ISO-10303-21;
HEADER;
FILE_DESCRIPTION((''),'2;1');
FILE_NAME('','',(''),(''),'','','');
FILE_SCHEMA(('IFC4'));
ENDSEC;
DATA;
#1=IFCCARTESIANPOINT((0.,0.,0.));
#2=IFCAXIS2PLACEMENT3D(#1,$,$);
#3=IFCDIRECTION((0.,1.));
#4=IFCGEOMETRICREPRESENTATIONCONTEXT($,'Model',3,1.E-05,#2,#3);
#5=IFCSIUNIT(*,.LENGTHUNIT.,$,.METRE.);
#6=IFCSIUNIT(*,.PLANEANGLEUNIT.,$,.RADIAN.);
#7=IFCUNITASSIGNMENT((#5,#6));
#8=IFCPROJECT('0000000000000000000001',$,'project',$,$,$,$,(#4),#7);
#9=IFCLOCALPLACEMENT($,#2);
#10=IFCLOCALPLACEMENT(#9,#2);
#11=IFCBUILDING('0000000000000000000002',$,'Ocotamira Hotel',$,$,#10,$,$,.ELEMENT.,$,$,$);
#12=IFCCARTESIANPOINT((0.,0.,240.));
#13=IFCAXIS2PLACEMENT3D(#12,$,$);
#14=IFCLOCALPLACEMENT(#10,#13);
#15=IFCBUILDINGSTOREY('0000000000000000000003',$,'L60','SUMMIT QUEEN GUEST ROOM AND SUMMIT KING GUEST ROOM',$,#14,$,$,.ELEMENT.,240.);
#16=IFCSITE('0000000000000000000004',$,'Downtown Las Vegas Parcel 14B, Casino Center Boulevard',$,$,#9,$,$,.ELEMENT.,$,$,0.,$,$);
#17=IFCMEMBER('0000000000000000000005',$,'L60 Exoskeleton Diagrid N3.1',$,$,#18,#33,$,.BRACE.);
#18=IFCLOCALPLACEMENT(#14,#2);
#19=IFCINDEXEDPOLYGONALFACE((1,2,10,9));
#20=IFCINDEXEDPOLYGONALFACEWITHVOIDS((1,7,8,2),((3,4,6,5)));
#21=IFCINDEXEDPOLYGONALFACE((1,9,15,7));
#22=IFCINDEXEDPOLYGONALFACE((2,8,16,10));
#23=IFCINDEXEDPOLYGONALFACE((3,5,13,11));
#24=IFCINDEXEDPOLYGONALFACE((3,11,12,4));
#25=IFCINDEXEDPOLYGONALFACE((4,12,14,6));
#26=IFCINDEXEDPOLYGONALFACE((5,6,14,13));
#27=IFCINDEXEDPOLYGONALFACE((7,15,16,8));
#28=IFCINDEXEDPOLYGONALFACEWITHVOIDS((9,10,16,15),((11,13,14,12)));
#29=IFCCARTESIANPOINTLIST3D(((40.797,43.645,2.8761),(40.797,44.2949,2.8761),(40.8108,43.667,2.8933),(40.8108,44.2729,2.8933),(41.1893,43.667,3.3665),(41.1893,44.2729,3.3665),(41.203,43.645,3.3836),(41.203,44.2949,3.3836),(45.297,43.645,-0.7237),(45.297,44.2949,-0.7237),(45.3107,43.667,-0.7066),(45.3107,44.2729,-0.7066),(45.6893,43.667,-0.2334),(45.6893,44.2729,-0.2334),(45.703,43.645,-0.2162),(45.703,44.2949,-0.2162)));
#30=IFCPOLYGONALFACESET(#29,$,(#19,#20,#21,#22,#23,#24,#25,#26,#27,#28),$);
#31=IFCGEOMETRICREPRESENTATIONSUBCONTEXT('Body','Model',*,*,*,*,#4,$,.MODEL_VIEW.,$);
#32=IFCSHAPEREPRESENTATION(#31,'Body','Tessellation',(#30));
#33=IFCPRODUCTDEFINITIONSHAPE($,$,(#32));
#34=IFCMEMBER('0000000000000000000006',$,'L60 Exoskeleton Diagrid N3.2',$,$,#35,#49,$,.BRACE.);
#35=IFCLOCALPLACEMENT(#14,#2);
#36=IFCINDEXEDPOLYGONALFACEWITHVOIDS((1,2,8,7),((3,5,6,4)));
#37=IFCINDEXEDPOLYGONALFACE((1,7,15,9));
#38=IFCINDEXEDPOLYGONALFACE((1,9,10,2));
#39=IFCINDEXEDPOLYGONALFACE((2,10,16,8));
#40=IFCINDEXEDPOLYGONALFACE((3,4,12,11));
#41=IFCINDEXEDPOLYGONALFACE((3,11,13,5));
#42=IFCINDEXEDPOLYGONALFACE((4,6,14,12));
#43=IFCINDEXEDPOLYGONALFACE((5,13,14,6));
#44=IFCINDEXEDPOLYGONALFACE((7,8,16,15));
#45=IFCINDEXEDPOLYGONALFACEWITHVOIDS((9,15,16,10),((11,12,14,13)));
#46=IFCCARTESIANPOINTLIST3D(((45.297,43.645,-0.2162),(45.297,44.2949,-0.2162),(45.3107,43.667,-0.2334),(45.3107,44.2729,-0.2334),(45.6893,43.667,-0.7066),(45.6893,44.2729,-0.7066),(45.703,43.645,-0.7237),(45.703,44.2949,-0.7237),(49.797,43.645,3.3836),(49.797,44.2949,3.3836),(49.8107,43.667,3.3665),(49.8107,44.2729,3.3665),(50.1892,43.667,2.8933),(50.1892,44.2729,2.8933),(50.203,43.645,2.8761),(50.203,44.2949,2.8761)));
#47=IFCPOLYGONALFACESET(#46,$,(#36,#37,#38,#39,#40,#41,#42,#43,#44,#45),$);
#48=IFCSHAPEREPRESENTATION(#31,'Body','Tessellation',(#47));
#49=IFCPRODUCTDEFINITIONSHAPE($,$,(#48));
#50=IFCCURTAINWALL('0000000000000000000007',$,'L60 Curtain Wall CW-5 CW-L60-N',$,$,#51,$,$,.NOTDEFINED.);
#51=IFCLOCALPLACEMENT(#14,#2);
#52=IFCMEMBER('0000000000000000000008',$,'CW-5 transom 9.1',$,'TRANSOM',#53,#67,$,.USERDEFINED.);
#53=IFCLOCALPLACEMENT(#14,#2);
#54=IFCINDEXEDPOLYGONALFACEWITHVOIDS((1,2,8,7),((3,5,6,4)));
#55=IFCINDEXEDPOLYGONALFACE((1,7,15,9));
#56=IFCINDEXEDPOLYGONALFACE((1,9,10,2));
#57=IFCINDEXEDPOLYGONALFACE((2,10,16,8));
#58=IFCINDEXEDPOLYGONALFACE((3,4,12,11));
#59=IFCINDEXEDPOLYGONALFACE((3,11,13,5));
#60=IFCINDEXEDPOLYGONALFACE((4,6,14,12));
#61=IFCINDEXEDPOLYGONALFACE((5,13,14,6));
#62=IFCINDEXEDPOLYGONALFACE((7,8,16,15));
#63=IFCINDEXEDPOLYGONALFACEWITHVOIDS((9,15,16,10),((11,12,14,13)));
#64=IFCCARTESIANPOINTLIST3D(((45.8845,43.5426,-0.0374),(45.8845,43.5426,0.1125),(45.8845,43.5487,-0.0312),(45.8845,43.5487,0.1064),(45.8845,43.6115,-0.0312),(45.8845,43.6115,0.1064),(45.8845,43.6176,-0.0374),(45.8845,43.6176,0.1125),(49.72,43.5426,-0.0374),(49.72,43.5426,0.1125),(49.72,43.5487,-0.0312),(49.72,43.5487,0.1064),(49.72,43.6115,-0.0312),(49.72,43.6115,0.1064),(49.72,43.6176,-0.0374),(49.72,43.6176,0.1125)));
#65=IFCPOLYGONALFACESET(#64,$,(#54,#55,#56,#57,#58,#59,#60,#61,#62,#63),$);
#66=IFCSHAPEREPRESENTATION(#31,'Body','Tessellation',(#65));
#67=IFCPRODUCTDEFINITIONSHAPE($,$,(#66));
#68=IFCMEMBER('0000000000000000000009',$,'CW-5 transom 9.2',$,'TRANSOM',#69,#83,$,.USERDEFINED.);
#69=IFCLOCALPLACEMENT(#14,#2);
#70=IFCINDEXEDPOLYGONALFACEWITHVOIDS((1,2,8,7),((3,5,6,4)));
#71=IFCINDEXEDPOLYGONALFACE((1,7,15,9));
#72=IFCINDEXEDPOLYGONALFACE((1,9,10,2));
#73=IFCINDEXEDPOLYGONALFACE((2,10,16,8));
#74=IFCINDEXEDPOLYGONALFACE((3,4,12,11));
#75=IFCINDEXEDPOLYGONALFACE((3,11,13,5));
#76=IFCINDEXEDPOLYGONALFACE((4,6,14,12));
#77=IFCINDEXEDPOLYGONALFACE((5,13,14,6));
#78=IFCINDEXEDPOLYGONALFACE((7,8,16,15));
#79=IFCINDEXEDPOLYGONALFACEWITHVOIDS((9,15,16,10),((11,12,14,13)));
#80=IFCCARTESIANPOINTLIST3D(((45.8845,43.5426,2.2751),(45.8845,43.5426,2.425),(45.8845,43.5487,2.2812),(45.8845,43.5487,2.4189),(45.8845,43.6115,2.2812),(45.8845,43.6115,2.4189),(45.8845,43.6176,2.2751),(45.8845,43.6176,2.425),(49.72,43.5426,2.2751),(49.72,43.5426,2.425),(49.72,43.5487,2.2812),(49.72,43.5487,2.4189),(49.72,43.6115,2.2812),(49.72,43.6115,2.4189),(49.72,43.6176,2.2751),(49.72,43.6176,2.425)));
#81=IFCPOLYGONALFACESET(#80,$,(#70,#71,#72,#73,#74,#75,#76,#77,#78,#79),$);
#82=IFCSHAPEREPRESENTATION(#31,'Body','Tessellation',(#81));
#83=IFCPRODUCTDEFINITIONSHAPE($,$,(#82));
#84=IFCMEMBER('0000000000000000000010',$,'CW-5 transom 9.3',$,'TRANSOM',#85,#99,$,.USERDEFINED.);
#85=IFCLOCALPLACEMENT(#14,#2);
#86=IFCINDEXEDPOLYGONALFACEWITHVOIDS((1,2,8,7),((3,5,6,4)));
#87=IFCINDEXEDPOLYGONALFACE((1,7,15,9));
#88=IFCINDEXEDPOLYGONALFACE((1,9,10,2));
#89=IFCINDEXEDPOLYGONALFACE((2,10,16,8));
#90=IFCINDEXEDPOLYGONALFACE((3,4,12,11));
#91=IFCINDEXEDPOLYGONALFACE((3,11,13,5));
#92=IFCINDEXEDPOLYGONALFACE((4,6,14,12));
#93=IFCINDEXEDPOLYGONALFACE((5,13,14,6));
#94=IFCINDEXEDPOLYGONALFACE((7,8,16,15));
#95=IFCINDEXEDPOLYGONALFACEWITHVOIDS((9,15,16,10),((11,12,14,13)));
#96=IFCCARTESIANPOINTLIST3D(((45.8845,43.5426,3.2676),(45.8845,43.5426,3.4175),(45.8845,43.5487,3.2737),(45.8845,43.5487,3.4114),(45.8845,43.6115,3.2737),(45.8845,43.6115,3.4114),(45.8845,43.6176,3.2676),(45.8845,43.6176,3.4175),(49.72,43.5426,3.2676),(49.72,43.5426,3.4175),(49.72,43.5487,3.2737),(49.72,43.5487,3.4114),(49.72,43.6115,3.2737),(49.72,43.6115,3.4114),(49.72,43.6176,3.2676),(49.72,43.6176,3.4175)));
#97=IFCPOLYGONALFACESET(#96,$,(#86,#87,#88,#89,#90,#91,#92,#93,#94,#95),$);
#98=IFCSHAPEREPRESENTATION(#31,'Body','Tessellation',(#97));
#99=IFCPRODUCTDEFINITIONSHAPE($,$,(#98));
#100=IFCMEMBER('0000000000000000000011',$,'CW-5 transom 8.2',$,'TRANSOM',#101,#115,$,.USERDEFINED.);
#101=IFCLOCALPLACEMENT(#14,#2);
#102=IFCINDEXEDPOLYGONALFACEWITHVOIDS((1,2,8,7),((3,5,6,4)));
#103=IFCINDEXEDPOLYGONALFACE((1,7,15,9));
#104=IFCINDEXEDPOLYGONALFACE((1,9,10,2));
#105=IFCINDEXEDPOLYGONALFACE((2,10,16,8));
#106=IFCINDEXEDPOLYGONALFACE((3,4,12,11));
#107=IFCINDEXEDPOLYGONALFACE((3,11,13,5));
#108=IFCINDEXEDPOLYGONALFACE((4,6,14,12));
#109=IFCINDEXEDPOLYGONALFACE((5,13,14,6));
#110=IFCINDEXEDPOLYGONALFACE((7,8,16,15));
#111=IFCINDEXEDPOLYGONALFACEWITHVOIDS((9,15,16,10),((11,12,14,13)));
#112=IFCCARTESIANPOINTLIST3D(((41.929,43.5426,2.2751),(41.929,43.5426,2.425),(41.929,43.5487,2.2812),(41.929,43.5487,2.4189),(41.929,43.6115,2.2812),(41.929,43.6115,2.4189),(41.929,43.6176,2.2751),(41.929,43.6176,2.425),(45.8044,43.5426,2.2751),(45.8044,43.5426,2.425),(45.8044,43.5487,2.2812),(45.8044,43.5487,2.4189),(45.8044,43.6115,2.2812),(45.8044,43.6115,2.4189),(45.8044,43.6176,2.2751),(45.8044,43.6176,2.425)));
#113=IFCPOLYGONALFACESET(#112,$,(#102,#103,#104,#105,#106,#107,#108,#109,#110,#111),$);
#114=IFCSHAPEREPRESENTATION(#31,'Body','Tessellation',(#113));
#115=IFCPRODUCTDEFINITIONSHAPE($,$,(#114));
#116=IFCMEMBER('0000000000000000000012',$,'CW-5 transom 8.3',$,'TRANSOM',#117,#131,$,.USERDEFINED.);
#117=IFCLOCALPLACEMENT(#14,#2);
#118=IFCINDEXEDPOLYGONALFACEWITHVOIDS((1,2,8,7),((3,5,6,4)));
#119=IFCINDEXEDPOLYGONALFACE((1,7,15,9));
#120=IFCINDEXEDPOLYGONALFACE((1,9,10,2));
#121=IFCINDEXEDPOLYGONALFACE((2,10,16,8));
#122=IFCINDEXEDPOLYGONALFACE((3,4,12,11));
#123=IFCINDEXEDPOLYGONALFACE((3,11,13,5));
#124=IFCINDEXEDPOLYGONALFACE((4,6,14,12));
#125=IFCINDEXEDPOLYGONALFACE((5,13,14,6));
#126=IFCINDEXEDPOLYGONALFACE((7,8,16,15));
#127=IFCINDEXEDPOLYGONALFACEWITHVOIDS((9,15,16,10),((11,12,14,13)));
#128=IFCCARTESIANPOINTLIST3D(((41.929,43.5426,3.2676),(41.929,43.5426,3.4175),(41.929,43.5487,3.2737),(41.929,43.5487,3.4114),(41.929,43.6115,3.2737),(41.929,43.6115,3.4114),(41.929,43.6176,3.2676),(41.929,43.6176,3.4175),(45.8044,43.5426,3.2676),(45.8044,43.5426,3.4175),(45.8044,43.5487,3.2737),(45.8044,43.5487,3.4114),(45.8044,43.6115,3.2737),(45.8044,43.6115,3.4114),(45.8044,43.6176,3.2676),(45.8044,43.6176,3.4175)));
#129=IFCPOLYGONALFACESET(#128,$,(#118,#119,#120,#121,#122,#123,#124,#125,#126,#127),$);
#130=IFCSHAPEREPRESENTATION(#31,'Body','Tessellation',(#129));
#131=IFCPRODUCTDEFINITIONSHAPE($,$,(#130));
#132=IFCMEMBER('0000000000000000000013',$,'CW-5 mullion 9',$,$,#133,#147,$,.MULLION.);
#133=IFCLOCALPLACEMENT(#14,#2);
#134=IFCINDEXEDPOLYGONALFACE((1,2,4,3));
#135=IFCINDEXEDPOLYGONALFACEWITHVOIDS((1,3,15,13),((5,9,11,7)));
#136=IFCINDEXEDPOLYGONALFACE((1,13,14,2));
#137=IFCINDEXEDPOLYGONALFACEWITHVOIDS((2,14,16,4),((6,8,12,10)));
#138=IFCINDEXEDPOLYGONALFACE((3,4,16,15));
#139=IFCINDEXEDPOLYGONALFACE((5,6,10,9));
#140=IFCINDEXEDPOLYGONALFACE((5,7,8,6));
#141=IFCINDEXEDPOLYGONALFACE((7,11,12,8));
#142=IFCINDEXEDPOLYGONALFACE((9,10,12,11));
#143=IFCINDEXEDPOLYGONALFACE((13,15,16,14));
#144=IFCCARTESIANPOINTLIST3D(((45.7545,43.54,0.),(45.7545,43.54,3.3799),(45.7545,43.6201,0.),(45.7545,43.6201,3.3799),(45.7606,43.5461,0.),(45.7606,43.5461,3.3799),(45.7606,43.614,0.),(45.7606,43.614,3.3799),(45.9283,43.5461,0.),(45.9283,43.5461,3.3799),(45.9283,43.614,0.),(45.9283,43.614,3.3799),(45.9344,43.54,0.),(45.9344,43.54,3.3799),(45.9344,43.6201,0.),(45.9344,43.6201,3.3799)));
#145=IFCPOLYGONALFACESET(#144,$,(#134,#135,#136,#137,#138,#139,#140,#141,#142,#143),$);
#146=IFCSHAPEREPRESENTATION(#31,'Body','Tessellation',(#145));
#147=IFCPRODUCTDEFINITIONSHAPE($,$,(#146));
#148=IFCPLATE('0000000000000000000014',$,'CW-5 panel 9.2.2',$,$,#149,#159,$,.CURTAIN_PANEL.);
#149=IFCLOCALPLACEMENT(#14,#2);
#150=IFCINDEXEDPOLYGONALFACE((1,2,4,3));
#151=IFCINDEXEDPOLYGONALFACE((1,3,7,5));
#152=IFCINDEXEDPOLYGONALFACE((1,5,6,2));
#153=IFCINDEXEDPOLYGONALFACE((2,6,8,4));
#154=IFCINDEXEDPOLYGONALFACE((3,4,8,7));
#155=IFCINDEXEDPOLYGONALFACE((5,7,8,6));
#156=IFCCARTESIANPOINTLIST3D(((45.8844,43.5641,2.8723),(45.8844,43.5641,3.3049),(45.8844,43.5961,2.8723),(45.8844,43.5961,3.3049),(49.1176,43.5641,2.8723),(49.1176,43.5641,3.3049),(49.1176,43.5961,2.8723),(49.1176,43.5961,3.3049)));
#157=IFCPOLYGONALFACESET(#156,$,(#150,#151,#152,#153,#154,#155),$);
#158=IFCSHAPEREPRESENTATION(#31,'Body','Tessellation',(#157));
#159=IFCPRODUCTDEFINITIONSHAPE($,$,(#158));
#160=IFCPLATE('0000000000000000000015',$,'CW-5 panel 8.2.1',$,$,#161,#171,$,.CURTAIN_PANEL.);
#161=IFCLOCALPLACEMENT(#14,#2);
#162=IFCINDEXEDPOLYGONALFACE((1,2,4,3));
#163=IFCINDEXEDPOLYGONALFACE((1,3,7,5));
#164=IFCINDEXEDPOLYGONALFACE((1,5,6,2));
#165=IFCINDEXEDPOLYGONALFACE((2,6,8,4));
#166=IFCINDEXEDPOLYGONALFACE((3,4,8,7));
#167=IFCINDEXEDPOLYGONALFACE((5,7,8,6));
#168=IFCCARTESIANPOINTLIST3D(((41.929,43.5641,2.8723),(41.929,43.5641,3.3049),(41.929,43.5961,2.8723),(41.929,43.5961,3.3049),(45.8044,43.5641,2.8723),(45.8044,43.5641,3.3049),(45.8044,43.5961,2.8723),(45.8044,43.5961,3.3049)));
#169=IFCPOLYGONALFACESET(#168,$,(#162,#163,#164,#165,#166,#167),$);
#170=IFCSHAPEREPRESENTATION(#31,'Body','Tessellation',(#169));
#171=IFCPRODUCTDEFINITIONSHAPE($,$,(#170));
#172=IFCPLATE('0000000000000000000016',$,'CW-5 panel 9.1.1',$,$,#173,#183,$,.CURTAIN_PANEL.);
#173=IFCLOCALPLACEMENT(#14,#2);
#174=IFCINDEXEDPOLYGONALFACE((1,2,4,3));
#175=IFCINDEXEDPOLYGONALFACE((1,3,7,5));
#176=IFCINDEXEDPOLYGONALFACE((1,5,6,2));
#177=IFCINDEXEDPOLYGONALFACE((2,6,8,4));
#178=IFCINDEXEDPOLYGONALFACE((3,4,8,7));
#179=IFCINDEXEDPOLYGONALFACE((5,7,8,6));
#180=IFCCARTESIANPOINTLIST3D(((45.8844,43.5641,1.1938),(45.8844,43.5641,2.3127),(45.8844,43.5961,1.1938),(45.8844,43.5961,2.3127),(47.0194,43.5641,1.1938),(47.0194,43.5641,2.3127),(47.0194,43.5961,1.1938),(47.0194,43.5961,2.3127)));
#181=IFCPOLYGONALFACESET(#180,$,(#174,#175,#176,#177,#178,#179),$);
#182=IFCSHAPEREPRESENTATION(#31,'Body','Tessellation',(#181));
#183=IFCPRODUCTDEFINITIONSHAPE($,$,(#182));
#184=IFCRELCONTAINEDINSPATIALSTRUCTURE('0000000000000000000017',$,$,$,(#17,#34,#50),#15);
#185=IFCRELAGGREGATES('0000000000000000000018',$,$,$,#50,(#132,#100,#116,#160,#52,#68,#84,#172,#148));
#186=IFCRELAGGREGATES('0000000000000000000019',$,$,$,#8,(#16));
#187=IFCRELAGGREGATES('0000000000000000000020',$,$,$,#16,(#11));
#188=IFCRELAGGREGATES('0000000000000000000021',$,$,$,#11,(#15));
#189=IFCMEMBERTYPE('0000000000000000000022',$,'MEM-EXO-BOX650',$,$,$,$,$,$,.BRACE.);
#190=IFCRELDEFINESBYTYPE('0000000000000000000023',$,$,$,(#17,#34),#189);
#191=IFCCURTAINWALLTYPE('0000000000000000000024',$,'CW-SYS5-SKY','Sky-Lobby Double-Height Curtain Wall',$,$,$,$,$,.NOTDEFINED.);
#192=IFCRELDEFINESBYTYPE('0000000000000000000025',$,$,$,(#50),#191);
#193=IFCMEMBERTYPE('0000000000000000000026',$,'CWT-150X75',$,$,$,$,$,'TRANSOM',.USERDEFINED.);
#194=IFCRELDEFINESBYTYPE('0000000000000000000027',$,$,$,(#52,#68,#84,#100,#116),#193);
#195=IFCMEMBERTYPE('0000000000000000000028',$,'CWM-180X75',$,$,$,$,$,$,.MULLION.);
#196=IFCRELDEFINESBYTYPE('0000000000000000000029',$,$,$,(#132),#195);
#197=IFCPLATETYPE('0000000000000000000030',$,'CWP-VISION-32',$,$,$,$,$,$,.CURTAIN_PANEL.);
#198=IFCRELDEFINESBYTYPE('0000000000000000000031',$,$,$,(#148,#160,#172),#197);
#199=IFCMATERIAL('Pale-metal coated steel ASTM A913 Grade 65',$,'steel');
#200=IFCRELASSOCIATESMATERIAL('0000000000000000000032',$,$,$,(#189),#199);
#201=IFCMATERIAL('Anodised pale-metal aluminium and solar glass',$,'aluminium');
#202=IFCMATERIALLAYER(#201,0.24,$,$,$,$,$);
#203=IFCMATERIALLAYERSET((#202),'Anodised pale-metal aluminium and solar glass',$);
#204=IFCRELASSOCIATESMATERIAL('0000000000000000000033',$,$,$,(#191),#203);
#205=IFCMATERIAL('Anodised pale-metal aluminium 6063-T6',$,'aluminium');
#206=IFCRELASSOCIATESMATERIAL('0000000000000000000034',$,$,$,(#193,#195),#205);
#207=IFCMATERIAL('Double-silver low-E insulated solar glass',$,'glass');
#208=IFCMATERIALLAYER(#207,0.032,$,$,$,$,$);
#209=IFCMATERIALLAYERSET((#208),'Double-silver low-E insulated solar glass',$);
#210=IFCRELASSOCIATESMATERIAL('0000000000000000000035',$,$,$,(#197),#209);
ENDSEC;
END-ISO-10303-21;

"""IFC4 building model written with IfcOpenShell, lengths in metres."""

from ifc_helpers import new_model, si_unit, direction, frame, origin, origin_2d, place, context, subcontext, project, spatial, rectangle, hollow_rectangle, extrude, source, transform, mapped, material, layer, layer_set, material_profile, profile_set, type_object, element, aggregate, save


model = new_model("IFC4")

# Units and contexts
model_context = context("Model", 3, precision=1e-05, world=origin(), true_north=direction((0.0, 1.0)))
body_context = subcontext(model_context, "Body", "Model", "MODEL_VIEW")
ifc_project = project(units=[si_unit("LENGTHUNIT", "METRE"), si_unit("PLANEANGLEUNIT", "RADIAN")], contexts=[model_context])

# Site, building, storey
site_placement = place(None, origin())
site = spatial("IfcSite", under=ifc_project, at=site_placement, Name="Downtown Las Vegas Parcel 14B, Casino Center Boulevard", CompositionType="ELEMENT", RefElevation=0.0)
building_placement = place(site_placement, origin())
building = spatial("IfcBuilding", under=site, at=building_placement, Name="Ocotamira Hotel", CompositionType="ELEMENT")
storey_placement = place(building_placement, frame((0.0, 0.0, 240.0)))
storey = spatial("IfcBuildingStorey", under=building, at=storey_placement, Name="L60", Description="SUMMIT QUEEN GUEST ROOM AND SUMMIT KING GUEST ROOM", CompositionType="ELEMENT", Elevation=240.0)

# Members
ifc_material_1 = material(Name="Pale-metal coated steel ASTM A913 Grade 65", Category="steel")
ifc_material_profile_1 = material_profile(ifc_material_1, hollow_rectangle(XDim=0.6499, YDim=0.6499, WallThickness=0.022, at=origin_2d()), Name="BOX650X650X22")
ifc_profile_set_1 = profile_set([ifc_material_profile_1], Name="Pale-metal coated steel ASTM A913 Grade 65")
member_type_1 = type_object("IfcMemberType", Name="MEM-EXO-BOX650", PredefinedType="BRACE", material=ifc_profile_set_1)
shared_shape_1 = source(origin(), body_context, "Body", "SweptSolid", [
    extrude(hollow_rectangle(XDim=0.6499, YDim=0.6499, WallThickness=0.022, at=origin_2d()), origin(), (0.0, 0.0, 1.0), 5.7627),
])
for number, where, z_axis, x_axis, name in (
    (1, (45.5, 43.97, -0.47), (-0.780881, 0.0, 0.62468), (0.0, -1.0, 0.0), "L60 Exoskeleton Diagrid N3.1"),
    (2, (45.5, 43.97, -0.47), (0.780881, 0.0, 0.62468), (0.0, 1.0, 0.0), "L60 Exoskeleton Diagrid N3.2"),
):
    element("IfcMember", number, at=place(storey_placement, frame(where, z_axis=z_axis, x_axis=x_axis)), inside=storey, type_object=member_type_1, Name=name, PredefinedType="BRACE", context=body_context, shape_type="MappedRepresentation", body=[
        mapped(shared_shape_1, transform((0.0, 0.0, 0.0), scale=1.0)),
    ])

# Curtain wall, members, plates
ifc_material_2 = material(Name="Anodised pale-metal aluminium and solar glass", Category="aluminium")
ifc_layer_1 = layer(ifc_material_2, 0.24)
ifc_layer_set_1 = layer_set([ifc_layer_1], Name="Anodised pale-metal aluminium and solar glass")
curtain_wall_type = type_object("IfcCurtainWallType", Name="CW-SYS5-SKY", Description="Sky-Lobby Double-Height Curtain Wall", PredefinedType="NOTDEFINED", material=ifc_layer_set_1)
curtain_wall_placement = place(storey_placement, origin())
curtain_wall = element("IfcCurtainWall", 3, at=curtain_wall_placement, inside=storey, type_object=curtain_wall_type, Name="L60 Curtain Wall CW-5 CW-L60-N", PredefinedType="NOTDEFINED")
ifc_material_3 = material(Name="Anodised pale-metal aluminium 6063-T6", Category="aluminium")
ifc_material_profile_2 = material_profile(ifc_material_3, hollow_rectangle(XDim=0.075, YDim=0.1499, WallThickness=0.0061, at=origin_2d()), Name="HSS150X75X6")
ifc_profile_set_2 = profile_set([ifc_material_profile_2], Name="Anodised pale-metal aluminium 6063-T6")
member_type_2 = type_object("IfcMemberType", Name="CWT-150X75", ElementType="TRANSOM", PredefinedType="USERDEFINED", material=ifc_profile_set_2)
shared_shape_2 = source(origin(), body_context, "Body", "SweptSolid", [
    extrude(hollow_rectangle(XDim=0.075, YDim=0.1499, WallThickness=0.0061, at=origin_2d()), origin(), (0.0, 0.0, 1.0), 3.8354),
])
member_1_placement = place(storey_placement, frame((45.8845, 43.5801, 0.0376), z_axis=(1.0, 0.0, 0.0), x_axis=(0.0, 1.0, 0.0)))
member_1 = element("IfcMember", 4, at=member_1_placement, type_object=member_type_2, Name="CW-5 transom 9.1", ObjectType="TRANSOM", PredefinedType="USERDEFINED", context=body_context, shape_type="MappedRepresentation", body=[
    mapped(shared_shape_2, transform((0.0, 0.0, 0.0), scale=1.0)),
])
member_2_placement = place(storey_placement, frame((45.8845, 43.5801, 2.3501), z_axis=(1.0, 0.0, 0.0), x_axis=(0.0, 1.0, 0.0)))
member_2 = element("IfcMember", 5, at=member_2_placement, type_object=member_type_2, Name="CW-5 transom 9.2", ObjectType="TRANSOM", PredefinedType="USERDEFINED", context=body_context, shape_type="MappedRepresentation", body=[
    mapped(shared_shape_2, transform((0.0, 0.0, 0.0), scale=1.0)),
])
member_3_placement = place(storey_placement, frame((45.8845, 43.5801, 3.3425), z_axis=(1.0, 0.0, 0.0), x_axis=(0.0, 1.0, 0.0)))
member_3 = element("IfcMember", 6, at=member_3_placement, type_object=member_type_2, Name="CW-5 transom 9.3", ObjectType="TRANSOM", PredefinedType="USERDEFINED", context=body_context, shape_type="MappedRepresentation", body=[
    mapped(shared_shape_2, transform((0.0, 0.0, 0.0), scale=1.0)),
])
shared_shape_3 = source(origin(), body_context, "Body", "SweptSolid", [
    extrude(hollow_rectangle(XDim=0.075, YDim=0.1499, WallThickness=0.0061, at=origin_2d()), origin(), (0.0, 0.0, 1.0), 3.8755),
])
member_4_placement = place(storey_placement, frame((41.929, 43.5801, 2.3501), z_axis=(1.0, 0.0, 0.0), x_axis=(0.0, 1.0, 0.0)))
member_4 = element("IfcMember", 7, at=member_4_placement, type_object=member_type_2, Name="CW-5 transom 8.2", ObjectType="TRANSOM", PredefinedType="USERDEFINED", context=body_context, shape_type="MappedRepresentation", body=[
    mapped(shared_shape_3, transform((0.0, 0.0, 0.0), scale=1.0)),
])
member_5_placement = place(storey_placement, frame((41.929, 43.5801, 3.3425), z_axis=(1.0, 0.0, 0.0), x_axis=(0.0, 1.0, 0.0)))
member_5 = element("IfcMember", 8, at=member_5_placement, type_object=member_type_2, Name="CW-5 transom 8.3", ObjectType="TRANSOM", PredefinedType="USERDEFINED", context=body_context, shape_type="MappedRepresentation", body=[
    mapped(shared_shape_3, transform((0.0, 0.0, 0.0), scale=1.0)),
])
ifc_material_profile_3 = material_profile(ifc_material_3, hollow_rectangle(XDim=0.0801, YDim=0.1799, WallThickness=0.0061, at=origin_2d()), Name="HSS180X80X6")
ifc_profile_set_3 = profile_set([ifc_material_profile_3], Name="Anodised pale-metal aluminium 6063-T6")
member_type_3 = type_object("IfcMemberType", Name="CWM-180X75", PredefinedType="MULLION", material=ifc_profile_set_3)
shared_shape_4 = source(origin(), body_context, "Body", "SweptSolid", [
    extrude(hollow_rectangle(XDim=0.0801, YDim=0.1799, WallThickness=0.0061, at=origin_2d()), origin(), (0.0, 0.0, 1.0), 3.3799),
])
member_6_placement = place(storey_placement, frame((45.8445, 43.5801, 0.0), z_axis=(0.0, 0.0, 1.0), x_axis=(0.0, 1.0, 0.0)))
member_6 = element("IfcMember", 9, at=member_6_placement, type_object=member_type_3, Name="CW-5 mullion 9", PredefinedType="MULLION", context=body_context, shape_type="MappedRepresentation", body=[
    mapped(shared_shape_4, transform((0.0, 0.0, 0.0), scale=1.0)),
])
ifc_material_4 = material(Name="Double-silver low-E insulated solar glass", Category="glass")
ifc_layer_2 = layer(ifc_material_4, 0.032)
ifc_layer_set_2 = layer_set([ifc_layer_2], Name="Double-silver low-E insulated solar glass")
plate_type = type_object("IfcPlateType", Name="CWP-VISION-32", PredefinedType="CURTAIN_PANEL", material=ifc_layer_set_2)
shared_shape_5 = source(origin(), body_context, "Body", "SweptSolid", [
    extrude(rectangle(XDim=3.2332, YDim=0.032, at=origin_2d()), origin(), (0.0, 0.0, 1.0), 0.4326),
])
plate_1_placement = place(storey_placement, frame((47.501, 43.5801, 2.8723), z_axis=(0.0, 0.0, 1.0), x_axis=(1.0, 0.0, 0.0)))
plate_1 = element("IfcPlate", 10, at=plate_1_placement, type_object=plate_type, Name="CW-5 panel 9.2.2", PredefinedType="CURTAIN_PANEL", context=body_context, shape_type="MappedRepresentation", body=[
    mapped(shared_shape_5, transform((0.0, 0.0, 0.0), scale=1.0)),
])
shared_shape_6 = source(origin(), body_context, "Body", "SweptSolid", [
    extrude(rectangle(XDim=3.8755, YDim=0.032, at=origin_2d()), origin(), (0.0, 0.0, 1.0), 0.4326),
])
plate_2_placement = place(storey_placement, frame((43.8667, 43.5801, 2.8723), z_axis=(0.0, 0.0, 1.0), x_axis=(1.0, 0.0, 0.0)))
plate_2 = element("IfcPlate", 11, at=plate_2_placement, type_object=plate_type, Name="CW-5 panel 8.2.1", PredefinedType="CURTAIN_PANEL", context=body_context, shape_type="MappedRepresentation", body=[
    mapped(shared_shape_6, transform((0.0, 0.0, 0.0), scale=1.0)),
])
shared_shape_7 = source(origin(), body_context, "Body", "SweptSolid", [
    extrude(rectangle(XDim=1.135, YDim=0.032, at=origin_2d()), origin(), (0.0, 0.0, 1.0), 1.1189),
])
plate_3_placement = place(storey_placement, frame((46.4519, 43.5801, 1.1938), z_axis=(0.0, 0.0, 1.0), x_axis=(1.0, 0.0, 0.0)))
plate_3 = element("IfcPlate", 12, at=plate_3_placement, type_object=plate_type, Name="CW-5 panel 9.1.1", PredefinedType="CURTAIN_PANEL", context=body_context, shape_type="MappedRepresentation", body=[
    mapped(shared_shape_7, transform((0.0, 0.0, 0.0), scale=1.0)),
])
aggregate(curtain_wall, [member_6, member_4, member_5, plate_2, member_1, member_2, member_3, plate_3, plate_1])

save(model, "model.ifc")
